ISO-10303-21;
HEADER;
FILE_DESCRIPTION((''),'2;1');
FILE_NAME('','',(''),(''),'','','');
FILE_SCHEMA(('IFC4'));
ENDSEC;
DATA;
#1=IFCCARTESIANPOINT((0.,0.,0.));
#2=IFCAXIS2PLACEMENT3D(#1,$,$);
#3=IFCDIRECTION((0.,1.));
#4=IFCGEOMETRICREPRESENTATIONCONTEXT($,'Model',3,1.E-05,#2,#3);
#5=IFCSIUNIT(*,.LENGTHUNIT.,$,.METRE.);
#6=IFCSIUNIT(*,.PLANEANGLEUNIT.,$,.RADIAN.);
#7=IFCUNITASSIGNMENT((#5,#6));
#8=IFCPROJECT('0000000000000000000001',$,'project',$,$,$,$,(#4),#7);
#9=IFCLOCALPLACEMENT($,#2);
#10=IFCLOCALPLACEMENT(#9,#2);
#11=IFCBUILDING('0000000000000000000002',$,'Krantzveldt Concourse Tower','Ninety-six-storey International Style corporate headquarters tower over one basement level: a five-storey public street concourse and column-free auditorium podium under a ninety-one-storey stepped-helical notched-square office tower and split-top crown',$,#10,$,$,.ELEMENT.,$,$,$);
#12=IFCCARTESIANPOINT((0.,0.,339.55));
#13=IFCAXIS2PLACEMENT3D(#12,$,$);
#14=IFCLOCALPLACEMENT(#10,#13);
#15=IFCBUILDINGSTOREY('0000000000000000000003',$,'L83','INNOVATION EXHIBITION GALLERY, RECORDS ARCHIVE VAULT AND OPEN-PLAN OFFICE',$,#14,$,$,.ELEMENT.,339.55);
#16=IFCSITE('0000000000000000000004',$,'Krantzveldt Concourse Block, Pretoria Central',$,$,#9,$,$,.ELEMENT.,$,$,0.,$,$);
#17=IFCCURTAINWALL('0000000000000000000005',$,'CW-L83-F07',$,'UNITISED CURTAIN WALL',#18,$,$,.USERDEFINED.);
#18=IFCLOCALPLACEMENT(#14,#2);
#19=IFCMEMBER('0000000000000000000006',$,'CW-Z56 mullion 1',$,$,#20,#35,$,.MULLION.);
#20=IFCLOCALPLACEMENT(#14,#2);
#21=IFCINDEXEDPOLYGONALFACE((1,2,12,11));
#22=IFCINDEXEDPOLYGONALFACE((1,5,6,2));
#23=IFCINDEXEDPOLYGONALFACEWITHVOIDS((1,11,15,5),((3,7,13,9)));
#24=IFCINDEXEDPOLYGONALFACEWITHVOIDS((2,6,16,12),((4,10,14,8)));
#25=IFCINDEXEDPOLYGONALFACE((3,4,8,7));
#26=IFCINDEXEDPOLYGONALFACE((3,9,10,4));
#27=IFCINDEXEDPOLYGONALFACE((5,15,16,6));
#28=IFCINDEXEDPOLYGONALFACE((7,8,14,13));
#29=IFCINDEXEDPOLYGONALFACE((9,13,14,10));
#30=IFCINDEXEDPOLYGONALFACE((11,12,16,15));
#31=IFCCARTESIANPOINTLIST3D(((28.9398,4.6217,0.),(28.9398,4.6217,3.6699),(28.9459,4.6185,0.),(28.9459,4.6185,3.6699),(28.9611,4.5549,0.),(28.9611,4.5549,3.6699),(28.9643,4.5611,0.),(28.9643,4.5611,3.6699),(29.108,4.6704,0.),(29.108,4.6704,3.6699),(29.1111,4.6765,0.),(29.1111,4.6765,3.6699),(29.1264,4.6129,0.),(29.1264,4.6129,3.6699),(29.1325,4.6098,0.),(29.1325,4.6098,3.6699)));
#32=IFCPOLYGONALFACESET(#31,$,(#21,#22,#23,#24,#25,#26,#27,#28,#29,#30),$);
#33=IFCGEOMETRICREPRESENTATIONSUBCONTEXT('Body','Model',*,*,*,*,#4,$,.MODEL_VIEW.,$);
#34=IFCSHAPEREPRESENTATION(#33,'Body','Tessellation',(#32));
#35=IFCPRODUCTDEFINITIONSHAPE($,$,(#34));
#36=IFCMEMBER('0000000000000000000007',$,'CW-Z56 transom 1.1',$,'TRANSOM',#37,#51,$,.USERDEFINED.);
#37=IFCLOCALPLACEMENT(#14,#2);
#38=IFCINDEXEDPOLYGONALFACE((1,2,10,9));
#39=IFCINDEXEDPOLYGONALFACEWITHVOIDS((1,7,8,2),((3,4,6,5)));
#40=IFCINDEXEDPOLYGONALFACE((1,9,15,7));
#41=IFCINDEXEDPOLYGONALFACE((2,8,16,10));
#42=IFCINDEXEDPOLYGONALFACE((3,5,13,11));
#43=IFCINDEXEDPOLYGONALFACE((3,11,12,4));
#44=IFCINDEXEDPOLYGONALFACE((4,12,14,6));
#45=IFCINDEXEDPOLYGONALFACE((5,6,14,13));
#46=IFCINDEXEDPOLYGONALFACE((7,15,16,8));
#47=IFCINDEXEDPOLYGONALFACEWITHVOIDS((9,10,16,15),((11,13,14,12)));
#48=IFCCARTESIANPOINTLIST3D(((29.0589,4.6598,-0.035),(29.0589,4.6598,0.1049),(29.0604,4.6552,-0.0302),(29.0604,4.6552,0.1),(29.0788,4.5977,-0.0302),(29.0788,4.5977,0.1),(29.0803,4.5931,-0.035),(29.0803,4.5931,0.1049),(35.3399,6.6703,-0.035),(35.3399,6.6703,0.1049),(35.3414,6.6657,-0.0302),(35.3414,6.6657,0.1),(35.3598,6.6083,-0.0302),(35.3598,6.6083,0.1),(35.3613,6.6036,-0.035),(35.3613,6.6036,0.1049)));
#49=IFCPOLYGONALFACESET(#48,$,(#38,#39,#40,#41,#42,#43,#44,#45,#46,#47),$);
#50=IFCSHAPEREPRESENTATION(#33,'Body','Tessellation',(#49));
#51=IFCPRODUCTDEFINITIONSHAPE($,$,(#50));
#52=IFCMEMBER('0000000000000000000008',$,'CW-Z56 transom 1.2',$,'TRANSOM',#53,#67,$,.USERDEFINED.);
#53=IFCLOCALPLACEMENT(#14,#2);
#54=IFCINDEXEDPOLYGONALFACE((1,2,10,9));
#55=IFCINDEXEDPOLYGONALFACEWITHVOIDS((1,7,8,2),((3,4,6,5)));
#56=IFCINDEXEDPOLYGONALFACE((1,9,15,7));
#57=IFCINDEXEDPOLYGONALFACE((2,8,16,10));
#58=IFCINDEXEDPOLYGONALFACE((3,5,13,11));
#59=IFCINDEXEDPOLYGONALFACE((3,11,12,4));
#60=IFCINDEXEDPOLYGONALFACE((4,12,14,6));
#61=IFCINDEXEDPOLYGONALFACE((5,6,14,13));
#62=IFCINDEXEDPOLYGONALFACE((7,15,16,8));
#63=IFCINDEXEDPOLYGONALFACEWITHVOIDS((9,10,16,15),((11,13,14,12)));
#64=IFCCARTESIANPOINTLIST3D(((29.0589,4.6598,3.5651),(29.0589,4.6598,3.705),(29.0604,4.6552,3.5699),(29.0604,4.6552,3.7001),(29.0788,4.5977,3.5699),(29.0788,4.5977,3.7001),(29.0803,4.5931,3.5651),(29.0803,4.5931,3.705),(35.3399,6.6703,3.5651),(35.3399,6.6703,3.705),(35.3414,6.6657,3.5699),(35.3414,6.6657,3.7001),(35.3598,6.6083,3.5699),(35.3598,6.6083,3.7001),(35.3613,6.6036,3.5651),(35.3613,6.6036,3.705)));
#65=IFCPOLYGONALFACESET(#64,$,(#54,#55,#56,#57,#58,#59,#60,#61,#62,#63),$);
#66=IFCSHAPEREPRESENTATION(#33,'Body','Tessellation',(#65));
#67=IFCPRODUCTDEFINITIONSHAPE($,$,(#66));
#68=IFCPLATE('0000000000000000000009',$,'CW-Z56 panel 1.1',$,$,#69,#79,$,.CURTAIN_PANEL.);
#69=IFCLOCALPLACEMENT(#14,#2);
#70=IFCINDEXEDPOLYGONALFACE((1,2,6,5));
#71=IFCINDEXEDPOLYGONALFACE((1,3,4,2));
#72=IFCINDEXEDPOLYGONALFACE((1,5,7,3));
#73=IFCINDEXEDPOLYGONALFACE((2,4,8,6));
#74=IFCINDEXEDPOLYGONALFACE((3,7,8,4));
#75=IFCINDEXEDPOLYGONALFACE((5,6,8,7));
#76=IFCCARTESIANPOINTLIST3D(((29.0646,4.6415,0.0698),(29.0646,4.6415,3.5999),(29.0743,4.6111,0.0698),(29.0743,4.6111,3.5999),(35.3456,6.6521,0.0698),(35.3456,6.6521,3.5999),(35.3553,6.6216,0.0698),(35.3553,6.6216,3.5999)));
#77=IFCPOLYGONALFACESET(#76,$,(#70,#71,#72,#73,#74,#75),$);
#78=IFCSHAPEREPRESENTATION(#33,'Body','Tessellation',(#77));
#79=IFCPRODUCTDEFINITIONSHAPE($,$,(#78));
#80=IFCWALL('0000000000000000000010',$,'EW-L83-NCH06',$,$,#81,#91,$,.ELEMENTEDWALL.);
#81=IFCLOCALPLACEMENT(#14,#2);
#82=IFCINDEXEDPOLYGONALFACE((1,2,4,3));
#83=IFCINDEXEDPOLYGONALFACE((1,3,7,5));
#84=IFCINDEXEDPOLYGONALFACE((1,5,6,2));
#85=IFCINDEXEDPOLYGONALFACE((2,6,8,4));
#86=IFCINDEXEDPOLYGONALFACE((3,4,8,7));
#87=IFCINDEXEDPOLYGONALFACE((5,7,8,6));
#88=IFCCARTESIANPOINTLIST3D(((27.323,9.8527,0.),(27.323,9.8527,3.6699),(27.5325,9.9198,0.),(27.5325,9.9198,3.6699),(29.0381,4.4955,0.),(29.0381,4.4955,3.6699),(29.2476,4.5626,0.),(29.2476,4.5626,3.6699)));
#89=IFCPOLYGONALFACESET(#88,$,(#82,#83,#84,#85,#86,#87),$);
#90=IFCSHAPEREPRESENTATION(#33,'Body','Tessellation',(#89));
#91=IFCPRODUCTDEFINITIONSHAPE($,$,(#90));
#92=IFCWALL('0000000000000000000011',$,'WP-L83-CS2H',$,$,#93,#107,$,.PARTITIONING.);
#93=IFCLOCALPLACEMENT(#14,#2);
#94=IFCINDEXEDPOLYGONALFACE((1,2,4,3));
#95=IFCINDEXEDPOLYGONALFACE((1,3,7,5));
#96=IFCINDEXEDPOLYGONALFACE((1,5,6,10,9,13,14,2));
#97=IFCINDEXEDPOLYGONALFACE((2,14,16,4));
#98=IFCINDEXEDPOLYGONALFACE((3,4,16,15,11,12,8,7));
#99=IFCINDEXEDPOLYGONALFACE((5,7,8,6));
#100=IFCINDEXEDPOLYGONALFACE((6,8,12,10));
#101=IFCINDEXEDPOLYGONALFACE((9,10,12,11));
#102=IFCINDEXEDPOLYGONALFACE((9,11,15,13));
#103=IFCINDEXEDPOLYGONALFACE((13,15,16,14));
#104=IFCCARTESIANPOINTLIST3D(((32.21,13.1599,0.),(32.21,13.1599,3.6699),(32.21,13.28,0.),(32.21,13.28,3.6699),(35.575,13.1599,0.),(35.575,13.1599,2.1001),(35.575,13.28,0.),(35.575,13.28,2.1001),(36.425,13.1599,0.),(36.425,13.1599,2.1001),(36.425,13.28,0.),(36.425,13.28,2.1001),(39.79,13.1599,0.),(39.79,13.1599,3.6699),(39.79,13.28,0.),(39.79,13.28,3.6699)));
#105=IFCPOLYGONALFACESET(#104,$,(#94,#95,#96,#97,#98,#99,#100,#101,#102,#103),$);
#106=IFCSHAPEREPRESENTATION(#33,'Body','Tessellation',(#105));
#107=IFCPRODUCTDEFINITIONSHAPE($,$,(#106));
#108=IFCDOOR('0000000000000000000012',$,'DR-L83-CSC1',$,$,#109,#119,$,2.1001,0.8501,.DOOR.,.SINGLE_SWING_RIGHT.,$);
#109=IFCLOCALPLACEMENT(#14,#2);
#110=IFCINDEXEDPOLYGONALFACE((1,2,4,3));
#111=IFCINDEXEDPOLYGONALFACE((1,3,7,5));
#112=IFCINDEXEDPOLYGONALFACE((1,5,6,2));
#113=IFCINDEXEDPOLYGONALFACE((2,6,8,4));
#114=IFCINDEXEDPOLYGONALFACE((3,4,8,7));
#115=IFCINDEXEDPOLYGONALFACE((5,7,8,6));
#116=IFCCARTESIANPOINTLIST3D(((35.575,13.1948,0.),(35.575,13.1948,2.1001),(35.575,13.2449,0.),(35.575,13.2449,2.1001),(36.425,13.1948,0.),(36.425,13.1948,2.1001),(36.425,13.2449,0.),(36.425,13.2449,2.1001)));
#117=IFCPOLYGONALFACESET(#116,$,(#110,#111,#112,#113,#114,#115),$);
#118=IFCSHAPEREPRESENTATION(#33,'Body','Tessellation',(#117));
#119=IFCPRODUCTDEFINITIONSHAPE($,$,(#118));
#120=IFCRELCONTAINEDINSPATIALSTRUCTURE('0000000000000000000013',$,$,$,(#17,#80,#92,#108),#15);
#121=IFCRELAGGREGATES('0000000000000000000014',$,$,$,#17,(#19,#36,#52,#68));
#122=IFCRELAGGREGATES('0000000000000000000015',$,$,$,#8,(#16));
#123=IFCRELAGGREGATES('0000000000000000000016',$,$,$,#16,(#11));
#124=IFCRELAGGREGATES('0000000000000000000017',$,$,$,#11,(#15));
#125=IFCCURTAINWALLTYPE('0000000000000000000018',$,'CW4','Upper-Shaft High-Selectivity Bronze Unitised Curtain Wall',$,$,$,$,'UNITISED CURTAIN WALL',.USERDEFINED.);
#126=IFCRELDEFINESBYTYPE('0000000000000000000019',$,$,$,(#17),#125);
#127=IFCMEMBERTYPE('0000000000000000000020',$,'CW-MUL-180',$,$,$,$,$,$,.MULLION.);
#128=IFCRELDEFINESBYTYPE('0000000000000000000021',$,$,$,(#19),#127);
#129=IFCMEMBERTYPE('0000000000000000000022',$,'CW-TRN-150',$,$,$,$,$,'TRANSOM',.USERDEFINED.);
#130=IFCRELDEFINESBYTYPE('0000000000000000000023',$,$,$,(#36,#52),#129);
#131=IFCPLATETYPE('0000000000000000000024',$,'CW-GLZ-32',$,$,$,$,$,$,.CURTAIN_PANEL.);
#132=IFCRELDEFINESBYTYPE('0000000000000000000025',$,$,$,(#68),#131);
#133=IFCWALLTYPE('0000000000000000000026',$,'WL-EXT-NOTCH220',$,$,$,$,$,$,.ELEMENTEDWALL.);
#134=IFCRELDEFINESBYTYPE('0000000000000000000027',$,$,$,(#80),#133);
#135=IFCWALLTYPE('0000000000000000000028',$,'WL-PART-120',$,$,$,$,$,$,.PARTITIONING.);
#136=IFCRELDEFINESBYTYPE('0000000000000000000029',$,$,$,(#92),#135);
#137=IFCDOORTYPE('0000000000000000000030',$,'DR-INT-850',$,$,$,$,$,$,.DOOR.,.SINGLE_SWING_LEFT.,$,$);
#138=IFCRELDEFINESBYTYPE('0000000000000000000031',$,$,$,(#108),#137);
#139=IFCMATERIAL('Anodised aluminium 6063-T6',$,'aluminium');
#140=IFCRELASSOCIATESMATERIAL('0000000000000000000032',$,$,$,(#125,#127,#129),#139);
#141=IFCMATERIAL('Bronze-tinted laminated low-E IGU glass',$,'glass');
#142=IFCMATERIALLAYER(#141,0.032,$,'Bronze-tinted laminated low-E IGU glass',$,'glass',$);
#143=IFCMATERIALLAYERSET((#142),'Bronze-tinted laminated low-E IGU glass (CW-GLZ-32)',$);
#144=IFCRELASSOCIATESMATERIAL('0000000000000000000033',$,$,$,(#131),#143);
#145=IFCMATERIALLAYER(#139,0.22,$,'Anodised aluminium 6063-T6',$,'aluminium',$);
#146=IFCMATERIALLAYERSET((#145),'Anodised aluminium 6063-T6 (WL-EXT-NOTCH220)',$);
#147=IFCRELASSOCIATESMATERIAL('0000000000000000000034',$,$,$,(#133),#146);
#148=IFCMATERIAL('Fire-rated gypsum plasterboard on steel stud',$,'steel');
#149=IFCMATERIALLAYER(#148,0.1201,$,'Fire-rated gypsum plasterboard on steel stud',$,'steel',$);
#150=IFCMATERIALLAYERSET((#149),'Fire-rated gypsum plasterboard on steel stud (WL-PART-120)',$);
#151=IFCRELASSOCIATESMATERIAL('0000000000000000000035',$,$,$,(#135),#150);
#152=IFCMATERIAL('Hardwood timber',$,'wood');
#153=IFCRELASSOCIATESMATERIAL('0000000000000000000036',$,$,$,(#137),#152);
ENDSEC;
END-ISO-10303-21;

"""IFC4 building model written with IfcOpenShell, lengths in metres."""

from ifc_helpers import new_model, si_unit, direction, frame, frame_2d, origin, origin_2d, place, context, subcontext, project, spatial, rectangle, hollow_rectangle, extrude, source, transform, mapped, material, layer, layer_set, material_profile, profile_set, type_object, type_shapes, element, fill, aggregate, save


model = new_model("IFC4")

# Units and contexts
model_context = context("Model", 3, precision=1e-05, world=origin(), true_north=direction((0.0, 1.0)))
body_context = subcontext(model_context, "Body", "Model", "MODEL_VIEW")
ifc_project = project(units=[si_unit("LENGTHUNIT", "METRE"), si_unit("PLANEANGLEUNIT", "RADIAN")], contexts=[model_context])

# Site, building, storey
site_placement = place(None, origin())
site = spatial("IfcSite", under=ifc_project, at=site_placement, Name="Krantzveldt Concourse Block, Pretoria Central", CompositionType="ELEMENT", RefElevation=0.0)
building_placement = place(site_placement, origin())
building = spatial("IfcBuilding", under=site, at=building_placement, Name="Krantzveldt Concourse Tower", Description="Ninety-six-storey International Style corporate headquarters tower over one basement level: a five-storey public street concourse and column-free auditorium podium under a ninety-one-storey stepped-helical notched-square office tower and split-top crown", CompositionType="ELEMENT")
storey_placement = place(building_placement, frame((0.0, 0.0, 339.55)))
storey = spatial("IfcBuildingStorey", under=building, at=storey_placement, Name="L83", Description="INNOVATION EXHIBITION GALLERY, RECORDS ARCHIVE VAULT AND OPEN-PLAN OFFICE", CompositionType="ELEMENT", Elevation=339.55)

# Curtain wall, members, plate
ifc_material_1 = material(Name="Anodised aluminium 6063-T6", Category="aluminium")
curtain_wall_type = type_object("IfcCurtainWallType", Name="CW4", Description="Upper-Shaft High-Selectivity Bronze Unitised Curtain Wall", ElementType="UNITISED CURTAIN WALL", PredefinedType="USERDEFINED", material=ifc_material_1)
curtain_wall_placement = place(storey_placement, origin())
curtain_wall = element("IfcCurtainWall", 1, at=curtain_wall_placement, inside=storey, type_object=curtain_wall_type, Name="CW-L83-F07", ObjectType="UNITISED CURTAIN WALL", PredefinedType="USERDEFINED")
ifc_material_profile_1 = material_profile(ifc_material_1, hollow_rectangle(XDim=0.0701, YDim=0.1799, WallThickness=0.0049, at=origin_2d()), Name="Anodised aluminium 6063-T6", Category="aluminium")
ifc_profile_set_1 = profile_set([ifc_material_profile_1], Name="Anodised aluminium 6063-T6 - ALU-MULL 180x70x5")
member_type_1 = type_object("IfcMemberType", Name="CW-MUL-180", PredefinedType="MULLION", material=ifc_profile_set_1)
shared_shape_1 = source(origin(), body_context, "Body", "SweptSolid", [
    extrude(hollow_rectangle(XDim=0.0701, YDim=0.1799, WallThickness=0.0049, at=origin_2d()), origin(), (0.0, 0.0, 1.0), 3.6699),
])
type_shapes(member_type_1, [shared_shape_1])
member_1_placement = place(storey_placement, frame((29.0361, 4.6157, 0.0), z_axis=(0.0, 0.0, 1.0), x_axis=(-0.304864, 0.952396, 0.0)))
member_1 = element("IfcMember", 2, at=member_1_placement, type_object=member_type_1, Name="CW-Z56 mullion 1", PredefinedType="MULLION", context=body_context, shape_type="MappedRepresentation", body=[
    mapped(shared_shape_1, transform((0.0, 0.0, 0.0), x_axis=(1.0, 0.0, 0.0), y_axis=(0.0, 1.0, 0.0), z_axis=(0.0, 0.0, 1.0), scale=1.0)),
])
ifc_material_profile_2 = material_profile(ifc_material_1, hollow_rectangle(XDim=0.0701, YDim=0.1399, WallThickness=0.0049, at=origin_2d()), Name="Anodised aluminium 6063-T6", Category="aluminium")
ifc_profile_set_2 = profile_set([ifc_material_profile_2], Name="Anodised aluminium 6063-T6 - ALU-TRAN 140x70x5")
member_type_2 = type_object("IfcMemberType", Name="CW-TRN-150", ElementType="TRANSOM", PredefinedType="USERDEFINED", material=ifc_profile_set_2)
shared_shape_2 = source(origin(), body_context, "Body", "SweptSolid", [
    extrude(hollow_rectangle(XDim=0.0701, YDim=0.1399, WallThickness=0.0049, at=origin_2d()), origin(), (0.0, 0.0, 1.0), 6.595),
])
type_shapes(member_type_2, [shared_shape_2])
member_2_placement = place(storey_placement, frame((29.0696, 4.6265, 0.0349), z_axis=(0.952399, 0.304855, 0.0), x_axis=(-0.304855, 0.952399, 0.0)))
member_2 = element("IfcMember", 3, at=member_2_placement, type_object=member_type_2, Name="CW-Z56 transom 1.1", ObjectType="TRANSOM", PredefinedType="USERDEFINED", context=body_context, shape_type="MappedRepresentation", body=[
    mapped(shared_shape_2, transform((0.0, 0.0, 0.0), x_axis=(1.0, 0.0, 0.0), y_axis=(0.0, 1.0, 0.0), z_axis=(0.0, 0.0, 1.0), scale=1.0)),
])
member_3_placement = place(storey_placement, frame((29.0696, 4.6265, 3.635), z_axis=(0.952399, 0.304855, 0.0), x_axis=(-0.304855, 0.952399, 0.0)))
member_3 = element("IfcMember", 4, at=member_3_placement, type_object=member_type_2, Name="CW-Z56 transom 1.2", ObjectType="TRANSOM", PredefinedType="USERDEFINED", context=body_context, shape_type="MappedRepresentation", body=[
    mapped(shared_shape_2, transform((0.0, 0.0, 0.0), x_axis=(1.0, 0.0, 0.0), y_axis=(0.0, 1.0, 0.0), z_axis=(0.0, 0.0, 1.0), scale=1.0)),
])
ifc_material_2 = material(Name="Bronze-tinted laminated low-E IGU glass", Category="glass")
ifc_layer_1 = layer(ifc_material_2, 0.032, Name="Bronze-tinted laminated low-E IGU glass", Category="glass")
ifc_layer_set_1 = layer_set([ifc_layer_1], Name="Bronze-tinted laminated low-E IGU glass (CW-GLZ-32)")
plate_type = type_object("IfcPlateType", Name="CW-GLZ-32", PredefinedType="CURTAIN_PANEL", material=ifc_layer_set_1)
shared_shape_3 = source(origin(), body_context, "Body", "SweptSolid", [
    extrude(rectangle(XDim=6.595, YDim=0.032, at=origin_2d()), origin(), (0.0, 0.0, 1.0), 3.53),
])
type_shapes(plate_type, [shared_shape_3])
plate_placement = place(storey_placement, frame((32.21, 5.6316, 0.0698), z_axis=(0.0, 0.0, 1.0), x_axis=(0.952396, 0.304864, 0.0)))
plate = element("IfcPlate", 5, at=plate_placement, type_object=plate_type, Name="CW-Z56 panel 1.1", PredefinedType="CURTAIN_PANEL", context=body_context, shape_type="MappedRepresentation", body=[
    mapped(shared_shape_3, transform((0.0, 0.0, 0.0), x_axis=(1.0, 0.0, 0.0), y_axis=(0.0, 1.0, 0.0), z_axis=(0.0, 0.0, 1.0), scale=1.0)),
])
aggregate(curtain_wall, [member_1, member_2, member_3, plate])

# Wall
ifc_layer_2 = layer(ifc_material_1, 0.22, Name="Anodised aluminium 6063-T6", Category="aluminium")
ifc_layer_set_2 = layer_set([ifc_layer_2], Name="Anodised aluminium 6063-T6 (WL-EXT-NOTCH220)")
wall_type_1 = type_object("IfcWallType", Name="WL-EXT-NOTCH220", PredefinedType="ELEMENTEDWALL", material=ifc_layer_set_2)
wall_1_placement = place(storey_placement, frame((27.4277, 9.8862, 0.0), z_axis=(0.0, 0.0, 1.0), x_axis=(0.304903, -0.952383, 0.0)))
element("IfcWall", 6, at=wall_1_placement, inside=storey, type_object=wall_type_1, Name="EW-L83-NCH06", PredefinedType="ELEMENTEDWALL", context=body_context, shape_type="SweptSolid", body=[
    extrude(rectangle(XDim=5.625, YDim=0.22, at=frame_2d((2.8125, 0.0))), origin(), (0.0, 0.0, 1.0), 3.6699),
])

# Wall, opening, door
ifc_material_3 = material(Name="Fire-rated gypsum plasterboard on steel stud", Category="steel")
ifc_layer_3 = layer(ifc_material_3, 0.1201, Name="Fire-rated gypsum plasterboard on steel stud", Category="steel")
ifc_layer_set_3 = layer_set([ifc_layer_3], Name="Fire-rated gypsum plasterboard on steel stud (WL-PART-120)")
wall_type_2 = type_object("IfcWallType", Name="WL-PART-120", PredefinedType="PARTITIONING", material=ifc_layer_set_3)
wall_2_placement = place(storey_placement, frame((32.21, 13.22, 0.0), z_axis=(0.0, 0.0, 1.0), x_axis=(1.0, 0.0, 0.0)))
wall_2 = element("IfcWall", 7, at=wall_2_placement, inside=storey, type_object=wall_type_2, Name="WP-L83-CS2H", PredefinedType="PARTITIONING", context=body_context, shape_type="SweptSolid", body=[
    extrude(rectangle(XDim=7.5801, YDim=0.1201, at=frame_2d((3.79, 0.0))), origin(), (0.0, 0.0, 1.0), 3.6699),
])
opening_1_placement = place(wall_2_placement, frame((3.365, 0.0, 0.0)))
opening_1 = element("IfcOpeningElement", 8, at=opening_1_placement, cuts=wall_2, PredefinedType="OPENING", context=body_context, shape_type="SweptSolid", body=[
    extrude(rectangle(XDim=0.8501, YDim=2.1001, at=frame_2d((0.425, 1.05))), frame((0.0, 0.0701, 0.0), z_axis=(0.0, -1.0, 0.0), x_axis=(1.0, 0.0, 0.0)), (0.0, 0.0, 1.0), 0.1401),
])
ifc_material_4 = material(Name="Hardwood timber", Category="wood")
door_type_1 = type_object("IfcDoorType", Name="DR-INT-850", OperationType="SINGLE_SWING_LEFT", PredefinedType="DOOR", material=ifc_material_4)
door_1_placement = place(opening_1_placement, origin())
door_1 = element("IfcDoor", 9, at=door_1_placement, inside=storey, type_object=door_type_1, Name="DR-L83-CSC1", OperationType="SINGLE_SWING_RIGHT", OverallHeight=2.1001, OverallWidth=0.8501, PredefinedType="DOOR", context=body_context, shape_type="SweptSolid", body=[
    extrude(rectangle(XDim=0.8501, YDim=2.1001, at=frame_2d((0.425, 1.05))), frame((0.0, 0.0249, 0.0), z_axis=(0.0, -1.0, 0.0), x_axis=(1.0, 0.0, 0.0)), (0.0, 0.0, 1.0), 0.05),
])
fill(opening_1, door_1)

save(model, "model.ifc")
